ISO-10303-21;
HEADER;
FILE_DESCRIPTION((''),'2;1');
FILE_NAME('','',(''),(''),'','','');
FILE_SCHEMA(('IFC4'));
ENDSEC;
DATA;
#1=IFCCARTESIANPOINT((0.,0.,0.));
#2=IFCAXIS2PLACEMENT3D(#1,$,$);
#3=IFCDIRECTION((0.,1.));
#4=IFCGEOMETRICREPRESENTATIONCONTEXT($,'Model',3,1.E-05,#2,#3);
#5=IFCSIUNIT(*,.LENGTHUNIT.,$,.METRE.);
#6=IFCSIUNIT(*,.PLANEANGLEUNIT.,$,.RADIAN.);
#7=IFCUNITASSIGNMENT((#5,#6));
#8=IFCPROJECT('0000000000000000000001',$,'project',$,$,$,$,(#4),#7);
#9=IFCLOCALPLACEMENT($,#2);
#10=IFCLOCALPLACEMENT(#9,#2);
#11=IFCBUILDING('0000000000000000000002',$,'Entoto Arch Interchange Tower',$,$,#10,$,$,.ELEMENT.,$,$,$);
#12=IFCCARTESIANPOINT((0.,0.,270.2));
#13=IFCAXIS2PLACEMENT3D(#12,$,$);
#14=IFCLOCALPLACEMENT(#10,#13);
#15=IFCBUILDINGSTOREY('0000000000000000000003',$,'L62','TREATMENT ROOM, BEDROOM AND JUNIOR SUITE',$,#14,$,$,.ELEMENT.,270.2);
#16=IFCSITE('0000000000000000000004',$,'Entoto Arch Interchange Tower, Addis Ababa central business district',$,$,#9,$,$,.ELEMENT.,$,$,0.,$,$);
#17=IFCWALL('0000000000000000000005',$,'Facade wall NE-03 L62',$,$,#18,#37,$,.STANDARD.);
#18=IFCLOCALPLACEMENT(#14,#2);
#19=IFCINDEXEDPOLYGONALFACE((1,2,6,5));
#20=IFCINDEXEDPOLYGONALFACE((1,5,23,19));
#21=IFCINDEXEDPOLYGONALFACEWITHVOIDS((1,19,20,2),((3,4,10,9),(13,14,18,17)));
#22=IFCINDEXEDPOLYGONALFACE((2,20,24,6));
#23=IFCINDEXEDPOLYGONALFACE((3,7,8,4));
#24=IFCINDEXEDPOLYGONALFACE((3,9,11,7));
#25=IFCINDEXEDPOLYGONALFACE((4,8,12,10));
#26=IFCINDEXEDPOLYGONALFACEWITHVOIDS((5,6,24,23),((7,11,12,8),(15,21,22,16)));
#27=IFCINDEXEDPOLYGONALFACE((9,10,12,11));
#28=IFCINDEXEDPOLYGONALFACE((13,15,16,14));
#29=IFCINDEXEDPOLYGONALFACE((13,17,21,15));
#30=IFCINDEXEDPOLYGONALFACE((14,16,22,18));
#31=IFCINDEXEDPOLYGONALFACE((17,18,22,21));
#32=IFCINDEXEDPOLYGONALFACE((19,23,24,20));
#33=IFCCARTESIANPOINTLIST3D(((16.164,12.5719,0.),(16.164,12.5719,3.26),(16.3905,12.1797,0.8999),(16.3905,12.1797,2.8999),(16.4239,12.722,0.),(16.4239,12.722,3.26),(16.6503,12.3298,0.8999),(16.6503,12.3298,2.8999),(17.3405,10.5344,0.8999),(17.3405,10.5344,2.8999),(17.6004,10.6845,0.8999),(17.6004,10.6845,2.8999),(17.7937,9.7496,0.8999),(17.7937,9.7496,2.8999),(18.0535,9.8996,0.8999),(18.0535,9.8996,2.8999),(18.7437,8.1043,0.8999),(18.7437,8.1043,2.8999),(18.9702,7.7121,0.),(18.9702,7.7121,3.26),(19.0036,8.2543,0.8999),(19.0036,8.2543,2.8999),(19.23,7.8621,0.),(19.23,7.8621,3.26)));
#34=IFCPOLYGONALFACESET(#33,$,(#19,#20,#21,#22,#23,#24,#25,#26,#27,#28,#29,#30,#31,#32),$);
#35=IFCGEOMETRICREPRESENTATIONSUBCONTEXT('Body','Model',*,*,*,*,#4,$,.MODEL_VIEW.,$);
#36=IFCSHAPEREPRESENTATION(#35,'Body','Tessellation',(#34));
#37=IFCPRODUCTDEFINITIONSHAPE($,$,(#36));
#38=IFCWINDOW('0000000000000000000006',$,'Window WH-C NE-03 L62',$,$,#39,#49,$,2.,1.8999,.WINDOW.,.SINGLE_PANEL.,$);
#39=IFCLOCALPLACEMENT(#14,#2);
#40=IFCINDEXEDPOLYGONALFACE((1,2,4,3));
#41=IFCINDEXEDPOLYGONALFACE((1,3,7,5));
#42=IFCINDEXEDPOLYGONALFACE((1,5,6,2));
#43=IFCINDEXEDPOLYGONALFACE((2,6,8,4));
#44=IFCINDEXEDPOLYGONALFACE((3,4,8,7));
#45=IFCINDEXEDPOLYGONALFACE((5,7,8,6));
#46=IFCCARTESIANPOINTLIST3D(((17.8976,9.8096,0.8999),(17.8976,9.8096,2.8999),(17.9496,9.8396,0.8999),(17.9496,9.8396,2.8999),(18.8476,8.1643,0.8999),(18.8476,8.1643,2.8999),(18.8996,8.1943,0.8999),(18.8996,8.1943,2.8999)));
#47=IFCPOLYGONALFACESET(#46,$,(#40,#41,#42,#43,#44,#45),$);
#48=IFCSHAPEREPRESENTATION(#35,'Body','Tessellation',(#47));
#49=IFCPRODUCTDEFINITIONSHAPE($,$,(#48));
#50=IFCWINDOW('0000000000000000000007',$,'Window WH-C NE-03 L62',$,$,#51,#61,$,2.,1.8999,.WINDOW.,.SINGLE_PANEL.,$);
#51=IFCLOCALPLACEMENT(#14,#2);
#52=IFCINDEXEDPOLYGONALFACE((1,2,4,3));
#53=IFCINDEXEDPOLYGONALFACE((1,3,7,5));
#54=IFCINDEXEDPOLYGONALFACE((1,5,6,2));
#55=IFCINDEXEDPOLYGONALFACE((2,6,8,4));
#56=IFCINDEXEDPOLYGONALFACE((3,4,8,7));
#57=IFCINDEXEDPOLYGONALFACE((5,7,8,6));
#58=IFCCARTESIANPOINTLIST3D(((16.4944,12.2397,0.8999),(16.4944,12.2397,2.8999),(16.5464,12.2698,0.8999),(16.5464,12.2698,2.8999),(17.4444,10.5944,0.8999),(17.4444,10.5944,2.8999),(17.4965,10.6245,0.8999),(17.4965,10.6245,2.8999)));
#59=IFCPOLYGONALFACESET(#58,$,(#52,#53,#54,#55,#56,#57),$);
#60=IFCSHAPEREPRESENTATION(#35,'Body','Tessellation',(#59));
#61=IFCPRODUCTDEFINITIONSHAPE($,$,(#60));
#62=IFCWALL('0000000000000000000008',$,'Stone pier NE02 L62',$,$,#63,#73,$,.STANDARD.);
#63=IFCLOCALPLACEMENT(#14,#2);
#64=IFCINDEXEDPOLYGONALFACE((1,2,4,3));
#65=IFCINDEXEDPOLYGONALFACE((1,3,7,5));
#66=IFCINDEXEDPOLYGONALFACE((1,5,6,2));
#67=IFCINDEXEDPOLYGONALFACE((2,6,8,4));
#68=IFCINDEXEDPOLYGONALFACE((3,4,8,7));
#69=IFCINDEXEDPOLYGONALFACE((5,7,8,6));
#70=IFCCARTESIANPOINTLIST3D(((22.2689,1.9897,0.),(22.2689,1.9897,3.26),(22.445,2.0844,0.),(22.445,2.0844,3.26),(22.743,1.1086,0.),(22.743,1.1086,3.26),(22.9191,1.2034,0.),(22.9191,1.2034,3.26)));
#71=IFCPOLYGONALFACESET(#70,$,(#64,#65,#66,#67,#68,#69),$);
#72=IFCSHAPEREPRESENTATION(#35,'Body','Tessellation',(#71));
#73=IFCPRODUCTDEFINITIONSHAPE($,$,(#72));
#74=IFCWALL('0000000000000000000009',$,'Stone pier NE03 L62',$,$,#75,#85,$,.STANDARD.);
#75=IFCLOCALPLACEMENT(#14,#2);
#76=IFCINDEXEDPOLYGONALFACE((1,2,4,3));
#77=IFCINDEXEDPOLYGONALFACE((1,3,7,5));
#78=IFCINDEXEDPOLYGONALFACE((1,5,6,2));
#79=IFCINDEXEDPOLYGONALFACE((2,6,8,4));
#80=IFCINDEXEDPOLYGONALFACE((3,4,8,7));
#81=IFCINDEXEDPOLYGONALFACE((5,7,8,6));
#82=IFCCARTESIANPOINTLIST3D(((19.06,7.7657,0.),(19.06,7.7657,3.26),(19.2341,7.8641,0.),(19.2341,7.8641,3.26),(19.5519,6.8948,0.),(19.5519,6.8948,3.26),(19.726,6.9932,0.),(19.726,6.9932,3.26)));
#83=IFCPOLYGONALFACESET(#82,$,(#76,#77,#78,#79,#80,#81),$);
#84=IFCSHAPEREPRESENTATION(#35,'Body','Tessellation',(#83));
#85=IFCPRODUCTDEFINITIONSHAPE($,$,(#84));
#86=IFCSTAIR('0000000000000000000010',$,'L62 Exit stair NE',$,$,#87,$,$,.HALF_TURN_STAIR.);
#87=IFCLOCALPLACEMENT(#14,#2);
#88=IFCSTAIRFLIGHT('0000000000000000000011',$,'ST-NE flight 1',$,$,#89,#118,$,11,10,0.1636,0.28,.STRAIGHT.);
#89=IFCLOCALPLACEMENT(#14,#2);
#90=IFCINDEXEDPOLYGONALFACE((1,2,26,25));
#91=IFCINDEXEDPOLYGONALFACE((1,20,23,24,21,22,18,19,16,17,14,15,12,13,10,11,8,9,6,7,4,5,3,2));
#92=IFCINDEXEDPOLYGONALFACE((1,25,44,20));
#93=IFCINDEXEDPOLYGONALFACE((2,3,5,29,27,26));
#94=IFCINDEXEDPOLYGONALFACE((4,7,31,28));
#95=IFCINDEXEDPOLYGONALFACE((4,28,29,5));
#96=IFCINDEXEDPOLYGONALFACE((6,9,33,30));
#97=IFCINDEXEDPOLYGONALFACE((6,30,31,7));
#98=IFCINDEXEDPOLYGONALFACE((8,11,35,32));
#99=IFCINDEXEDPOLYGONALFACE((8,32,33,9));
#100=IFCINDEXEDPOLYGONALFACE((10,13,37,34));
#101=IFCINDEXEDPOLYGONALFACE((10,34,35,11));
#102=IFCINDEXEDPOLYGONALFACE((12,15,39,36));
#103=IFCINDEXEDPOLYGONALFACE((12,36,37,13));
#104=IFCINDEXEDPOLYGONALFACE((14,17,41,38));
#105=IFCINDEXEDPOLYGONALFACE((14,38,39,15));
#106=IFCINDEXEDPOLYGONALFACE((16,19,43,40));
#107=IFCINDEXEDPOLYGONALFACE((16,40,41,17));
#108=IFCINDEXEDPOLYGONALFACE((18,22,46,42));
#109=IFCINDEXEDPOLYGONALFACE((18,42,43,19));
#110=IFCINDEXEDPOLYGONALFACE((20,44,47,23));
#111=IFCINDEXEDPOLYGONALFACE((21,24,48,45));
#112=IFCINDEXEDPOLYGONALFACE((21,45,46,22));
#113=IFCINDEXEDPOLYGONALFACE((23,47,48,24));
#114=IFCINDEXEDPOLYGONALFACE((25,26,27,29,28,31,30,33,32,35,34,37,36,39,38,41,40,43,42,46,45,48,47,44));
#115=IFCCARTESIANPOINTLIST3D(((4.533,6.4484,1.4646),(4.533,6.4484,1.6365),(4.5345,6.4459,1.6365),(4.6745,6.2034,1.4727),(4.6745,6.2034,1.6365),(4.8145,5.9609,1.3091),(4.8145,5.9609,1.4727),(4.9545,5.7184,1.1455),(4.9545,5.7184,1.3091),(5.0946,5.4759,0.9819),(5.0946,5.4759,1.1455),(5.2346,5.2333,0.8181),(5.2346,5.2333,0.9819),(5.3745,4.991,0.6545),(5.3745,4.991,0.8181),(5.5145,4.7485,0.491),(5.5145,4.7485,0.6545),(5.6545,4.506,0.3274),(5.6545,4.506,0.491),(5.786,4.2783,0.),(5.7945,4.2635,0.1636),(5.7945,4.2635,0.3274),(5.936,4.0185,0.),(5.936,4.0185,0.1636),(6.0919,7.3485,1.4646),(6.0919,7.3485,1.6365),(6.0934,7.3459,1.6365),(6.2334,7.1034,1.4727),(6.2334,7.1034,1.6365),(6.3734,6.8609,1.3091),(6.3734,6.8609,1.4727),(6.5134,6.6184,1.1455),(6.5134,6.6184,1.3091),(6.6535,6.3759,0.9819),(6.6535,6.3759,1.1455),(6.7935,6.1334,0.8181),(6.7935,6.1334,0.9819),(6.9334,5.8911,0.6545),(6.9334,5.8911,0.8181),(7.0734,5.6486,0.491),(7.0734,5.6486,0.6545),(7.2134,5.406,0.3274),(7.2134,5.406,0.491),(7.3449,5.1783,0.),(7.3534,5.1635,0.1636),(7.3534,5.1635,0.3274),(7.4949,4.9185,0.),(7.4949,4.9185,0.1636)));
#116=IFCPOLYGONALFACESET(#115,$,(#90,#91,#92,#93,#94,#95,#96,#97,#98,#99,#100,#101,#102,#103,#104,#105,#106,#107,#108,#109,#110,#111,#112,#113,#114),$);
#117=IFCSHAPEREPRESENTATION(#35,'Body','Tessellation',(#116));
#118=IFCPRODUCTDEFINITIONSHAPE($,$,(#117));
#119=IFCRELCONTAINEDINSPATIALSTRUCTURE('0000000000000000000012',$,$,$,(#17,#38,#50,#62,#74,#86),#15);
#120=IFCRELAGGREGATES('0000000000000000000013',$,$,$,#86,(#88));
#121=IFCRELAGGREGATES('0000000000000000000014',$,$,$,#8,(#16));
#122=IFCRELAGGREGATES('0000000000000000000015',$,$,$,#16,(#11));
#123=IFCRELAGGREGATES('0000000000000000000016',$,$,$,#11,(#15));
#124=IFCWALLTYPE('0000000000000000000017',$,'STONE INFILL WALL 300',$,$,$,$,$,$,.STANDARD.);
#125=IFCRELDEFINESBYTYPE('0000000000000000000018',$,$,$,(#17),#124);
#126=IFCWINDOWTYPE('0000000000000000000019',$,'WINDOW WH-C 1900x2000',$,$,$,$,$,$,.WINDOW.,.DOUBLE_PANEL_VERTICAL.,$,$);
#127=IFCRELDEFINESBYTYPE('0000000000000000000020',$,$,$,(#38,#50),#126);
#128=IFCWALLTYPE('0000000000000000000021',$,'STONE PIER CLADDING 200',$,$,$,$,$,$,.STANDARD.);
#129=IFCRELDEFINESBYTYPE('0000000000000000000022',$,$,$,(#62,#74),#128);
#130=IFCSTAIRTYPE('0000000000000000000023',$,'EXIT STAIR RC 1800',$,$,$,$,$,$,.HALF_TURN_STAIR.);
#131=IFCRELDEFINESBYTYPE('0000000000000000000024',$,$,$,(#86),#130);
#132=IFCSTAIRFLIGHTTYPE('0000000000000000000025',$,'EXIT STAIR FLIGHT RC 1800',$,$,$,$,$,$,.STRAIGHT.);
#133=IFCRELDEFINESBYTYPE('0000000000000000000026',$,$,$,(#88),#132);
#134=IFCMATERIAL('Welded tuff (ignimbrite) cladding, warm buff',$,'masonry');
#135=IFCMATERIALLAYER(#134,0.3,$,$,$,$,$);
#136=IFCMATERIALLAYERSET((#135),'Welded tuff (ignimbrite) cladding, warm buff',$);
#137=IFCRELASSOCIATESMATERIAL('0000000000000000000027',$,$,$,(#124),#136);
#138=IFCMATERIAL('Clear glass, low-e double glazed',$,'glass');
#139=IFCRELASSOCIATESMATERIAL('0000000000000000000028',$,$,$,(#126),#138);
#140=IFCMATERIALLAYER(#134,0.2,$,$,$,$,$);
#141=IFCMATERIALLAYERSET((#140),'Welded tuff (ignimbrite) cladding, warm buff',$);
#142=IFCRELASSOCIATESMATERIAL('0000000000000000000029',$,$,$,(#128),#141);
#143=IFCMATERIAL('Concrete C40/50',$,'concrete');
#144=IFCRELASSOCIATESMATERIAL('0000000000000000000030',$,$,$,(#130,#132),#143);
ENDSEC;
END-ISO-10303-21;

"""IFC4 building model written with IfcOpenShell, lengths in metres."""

from ifc_helpers import new_model, si_unit, direction, frame, frame_2d, origin, place, context, subcontext, project, spatial, polyline, rectangle, outline, extrude, material, layer, layer_set, type_object, element, fill, aggregate, save


model = new_model("IFC4")

# Units and contexts
model_context = context("Model", 3, precision=1e-05, world=origin(), true_north=direction((0.0, 1.0)))
body_context = subcontext(model_context, "Body", "Model", "MODEL_VIEW")
ifc_project = project(units=[si_unit("LENGTHUNIT", "METRE"), si_unit("PLANEANGLEUNIT", "RADIAN")], contexts=[model_context])

# Site, building, storey
site_placement = place(None, origin())
site = spatial("IfcSite", under=ifc_project, at=site_placement, Name="Entoto Arch Interchange Tower, Addis Ababa central business district", CompositionType="ELEMENT", RefElevation=0.0)
building_placement = place(site_placement, origin())
building = spatial("IfcBuilding", under=site, at=building_placement, Name="Entoto Arch Interchange Tower", CompositionType="ELEMENT")
storey_placement = place(building_placement, frame((0.0, 0.0, 270.2)))
storey = spatial("IfcBuildingStorey", under=building, at=storey_placement, Name="L62", Description="TREATMENT ROOM, BEDROOM AND JUNIOR SUITE", CompositionType="ELEMENT", Elevation=270.2)

# Shared definitions
ifc_material_1 = material(Name="Concrete C40/50", Category="concrete")

# Wall, openings, windows
ifc_material_2 = material(Name="Welded tuff (ignimbrite) cladding, warm buff", Category="masonry")
ifc_layer_1 = layer(ifc_material_2, 0.3)
ifc_layer_set_1 = layer_set([ifc_layer_1], Name="Welded tuff (ignimbrite) cladding, warm buff")
wall_type_1 = type_object("IfcWallType", Name="STONE INFILL WALL 300", PredefinedType="STANDARD", material=ifc_layer_set_1)
ifc_material_3 = material(Name="Clear glass, low-e double glazed", Category="glass")
window_type = type_object("IfcWindowType", Name="WINDOW WH-C 1900x2000", PartitioningType="DOUBLE_PANEL_VERTICAL", PredefinedType="WINDOW", material=ifc_material_3)
wall_1_placement = place(storey_placement, frame((19.1001, 7.7871, 0.0), z_axis=(0.0, 0.0, 1.0), x_axis=(-0.500041, 0.866002, 0.0)))
wall_1 = element("IfcWall", 1, at=wall_1_placement, inside=storey, type_object=wall_type_1, Name="Facade wall NE-03 L62", PredefinedType="STANDARD", context=body_context, shape_type="SweptSolid", body=[
    extrude(rectangle(XDim=5.6118, YDim=0.3, at=frame_2d((2.8059, 0.0))), origin(), (0.0, 0.0, 1.0), 3.26),
])
opening_1_placement = place(wall_1_placement, frame((0.4529, 0.0, 0.8999)))
opening_1 = element("IfcOpeningElement", 2, at=opening_1_placement, cuts=wall_1, PredefinedType="OPENING", context=body_context, shape_type="SweptSolid", body=[
    extrude(rectangle(XDim=1.8999, YDim=2.0, at=frame_2d((0.95, 1.0))), frame((0.0, 0.1602, 0.0), z_axis=(0.0, -1.0, 0.0), x_axis=(1.0, 0.0, 0.0)), (0.0, 0.0, 1.0), 0.3201),
])
opening_2_placement = place(wall_1_placement, frame((3.259, 0.0, 0.8999)))
opening_2 = element("IfcOpeningElement", 3, at=opening_2_placement, cuts=wall_1, PredefinedType="OPENING", context=body_context, shape_type="SweptSolid", body=[
    extrude(rectangle(XDim=1.8999, YDim=2.0, at=frame_2d((0.95, 1.0))), frame((0.0, 0.1602, 0.0), z_axis=(0.0, -1.0, 0.0), x_axis=(1.0, 0.0, 0.0)), (0.0, 0.0, 1.0), 0.3201),
])
window_1_placement = place(opening_1_placement, origin())
window_1 = element("IfcWindow", 4, at=window_1_placement, inside=storey, type_object=window_type, Name="Window WH-C NE-03 L62", OverallHeight=2.0, OverallWidth=1.8999, PartitioningType="SINGLE_PANEL", PredefinedType="WINDOW", context=body_context, shape_type="SweptSolid", body=[
    extrude(rectangle(XDim=1.8999, YDim=2.0, at=frame_2d((0.95, 1.0))), frame((0.0, 0.03, 0.0), z_axis=(0.0, -1.0, 0.0), x_axis=(1.0, 0.0, 0.0)), (0.0, 0.0, 1.0), 0.0601),
])
fill(opening_1, window_1)
window_2_placement = place(opening_2_placement, origin())
window_2 = element("IfcWindow", 5, at=window_2_placement, inside=storey, type_object=window_type, Name="Window WH-C NE-03 L62", OverallHeight=2.0, OverallWidth=1.8999, PartitioningType="SINGLE_PANEL", PredefinedType="WINDOW", context=body_context, shape_type="SweptSolid", body=[
    extrude(rectangle(XDim=1.8999, YDim=2.0, at=frame_2d((0.95, 1.0))), frame((0.0, 0.03, 0.0), z_axis=(0.0, -1.0, 0.0), x_axis=(1.0, 0.0, 0.0)), (0.0, 0.0, 1.0), 0.0601),
])
fill(opening_2, window_2)

# Walls
ifc_layer_2 = layer(ifc_material_2, 0.2)
ifc_layer_set_2 = layer_set([ifc_layer_2], Name="Welded tuff (ignimbrite) cladding, warm buff")
wall_type_2 = type_object("IfcWallType", Name="STONE PIER CLADDING 200", PredefinedType="STANDARD", material=ifc_layer_set_2)
wall_2_placement = place(storey_placement, frame((22.8311, 1.156, 0.0), z_axis=(0.0, 0.0, 1.0), x_axis=(-0.473852, 0.880604, 0.0)))
element("IfcWall", 6, at=wall_2_placement, inside=storey, type_object=wall_type_2, Name="Stone pier NE02 L62", PredefinedType="STANDARD", context=body_context, shape_type="SweptSolid", body=[
    extrude(rectangle(XDim=1.0005, YDim=0.2, at=frame_2d((0.5002, 0.0))), origin(), (0.0, 0.0, 1.0), 3.26),
])
wall_3_placement = place(storey_placement, frame((19.6389, 6.9441, 0.0), z_axis=(0.0, 0.0, 1.0), x_axis=(-0.491848, 0.870681, 0.0)))
element("IfcWall", 7, at=wall_3_placement, inside=storey, type_object=wall_type_2, Name="Stone pier NE03 L62", PredefinedType="STANDARD", context=body_context, shape_type="SweptSolid", body=[
    extrude(rectangle(XDim=1.0002, YDim=0.2, at=frame_2d((0.5, 0.0))), origin(), (0.0, 0.0, 1.0), 3.26),
])

# Stair, stair flight
stair_type = type_object("IfcStairType", Name="EXIT STAIR RC 1800", PredefinedType="HALF_TURN_STAIR", material=ifc_material_1)
stair_placement = place(storey_placement, origin())
stair = element("IfcStair", 8, at=stair_placement, inside=storey, type_object=stair_type, Name="L62 Exit stair NE", PredefinedType="HALF_TURN_STAIR")
stair_flight_type = type_object("IfcStairFlightType", Name="EXIT STAIR FLIGHT RC 1800", PredefinedType="STRAIGHT", material=ifc_material_1)
stair_flight_placement = place(storey_placement, frame((6.7139, 4.4709, 0.0), z_axis=(0.0, 0.0, 1.0), x_axis=(-0.5, 0.866025, 0.0)))
stair_flight = element("IfcStairFlight", 9, at=stair_flight_placement, type_object=stair_flight_type, Name="ST-NE flight 1", NumberOfRisers=11, NumberOfTreads=10, PredefinedType="STRAIGHT", RiserHeight=0.1636, TreadLength=0.28, context=body_context, shape_type="SweptSolid", body=[
    extrude(outline(polyline([(-0.0029, 0.0), (-0.0029, 0.1636), (0.28, 0.1636), (0.28, 0.3274), (0.5601, 0.3274), (0.5601, 0.491), (0.8401, 0.491), (0.8401, 0.6545), (1.1201, 0.6545), (1.1201, 0.8181), (1.3999, 0.8181), (1.3999, 0.9819), (1.6799, 0.9819), (1.6799, 1.1455), (1.96, 1.1455), (1.96, 1.3091), (2.24, 1.3091), (2.24, 1.4727), (2.52, 1.4727), (2.52, 1.6365), (2.8, 1.6365), (2.803, 1.6365), (2.803, 1.4646), (0.2971, 0.0), (-0.0029, 0.0)])), frame((0.0, 0.8999, 0.0), z_axis=(0.0, -1.0, 0.0), x_axis=(1.0, 0.0, 0.0)), (0.0, 0.0, 1.0), 1.8),
])
aggregate(stair, [stair_flight])

save(model, "model.ifc")
